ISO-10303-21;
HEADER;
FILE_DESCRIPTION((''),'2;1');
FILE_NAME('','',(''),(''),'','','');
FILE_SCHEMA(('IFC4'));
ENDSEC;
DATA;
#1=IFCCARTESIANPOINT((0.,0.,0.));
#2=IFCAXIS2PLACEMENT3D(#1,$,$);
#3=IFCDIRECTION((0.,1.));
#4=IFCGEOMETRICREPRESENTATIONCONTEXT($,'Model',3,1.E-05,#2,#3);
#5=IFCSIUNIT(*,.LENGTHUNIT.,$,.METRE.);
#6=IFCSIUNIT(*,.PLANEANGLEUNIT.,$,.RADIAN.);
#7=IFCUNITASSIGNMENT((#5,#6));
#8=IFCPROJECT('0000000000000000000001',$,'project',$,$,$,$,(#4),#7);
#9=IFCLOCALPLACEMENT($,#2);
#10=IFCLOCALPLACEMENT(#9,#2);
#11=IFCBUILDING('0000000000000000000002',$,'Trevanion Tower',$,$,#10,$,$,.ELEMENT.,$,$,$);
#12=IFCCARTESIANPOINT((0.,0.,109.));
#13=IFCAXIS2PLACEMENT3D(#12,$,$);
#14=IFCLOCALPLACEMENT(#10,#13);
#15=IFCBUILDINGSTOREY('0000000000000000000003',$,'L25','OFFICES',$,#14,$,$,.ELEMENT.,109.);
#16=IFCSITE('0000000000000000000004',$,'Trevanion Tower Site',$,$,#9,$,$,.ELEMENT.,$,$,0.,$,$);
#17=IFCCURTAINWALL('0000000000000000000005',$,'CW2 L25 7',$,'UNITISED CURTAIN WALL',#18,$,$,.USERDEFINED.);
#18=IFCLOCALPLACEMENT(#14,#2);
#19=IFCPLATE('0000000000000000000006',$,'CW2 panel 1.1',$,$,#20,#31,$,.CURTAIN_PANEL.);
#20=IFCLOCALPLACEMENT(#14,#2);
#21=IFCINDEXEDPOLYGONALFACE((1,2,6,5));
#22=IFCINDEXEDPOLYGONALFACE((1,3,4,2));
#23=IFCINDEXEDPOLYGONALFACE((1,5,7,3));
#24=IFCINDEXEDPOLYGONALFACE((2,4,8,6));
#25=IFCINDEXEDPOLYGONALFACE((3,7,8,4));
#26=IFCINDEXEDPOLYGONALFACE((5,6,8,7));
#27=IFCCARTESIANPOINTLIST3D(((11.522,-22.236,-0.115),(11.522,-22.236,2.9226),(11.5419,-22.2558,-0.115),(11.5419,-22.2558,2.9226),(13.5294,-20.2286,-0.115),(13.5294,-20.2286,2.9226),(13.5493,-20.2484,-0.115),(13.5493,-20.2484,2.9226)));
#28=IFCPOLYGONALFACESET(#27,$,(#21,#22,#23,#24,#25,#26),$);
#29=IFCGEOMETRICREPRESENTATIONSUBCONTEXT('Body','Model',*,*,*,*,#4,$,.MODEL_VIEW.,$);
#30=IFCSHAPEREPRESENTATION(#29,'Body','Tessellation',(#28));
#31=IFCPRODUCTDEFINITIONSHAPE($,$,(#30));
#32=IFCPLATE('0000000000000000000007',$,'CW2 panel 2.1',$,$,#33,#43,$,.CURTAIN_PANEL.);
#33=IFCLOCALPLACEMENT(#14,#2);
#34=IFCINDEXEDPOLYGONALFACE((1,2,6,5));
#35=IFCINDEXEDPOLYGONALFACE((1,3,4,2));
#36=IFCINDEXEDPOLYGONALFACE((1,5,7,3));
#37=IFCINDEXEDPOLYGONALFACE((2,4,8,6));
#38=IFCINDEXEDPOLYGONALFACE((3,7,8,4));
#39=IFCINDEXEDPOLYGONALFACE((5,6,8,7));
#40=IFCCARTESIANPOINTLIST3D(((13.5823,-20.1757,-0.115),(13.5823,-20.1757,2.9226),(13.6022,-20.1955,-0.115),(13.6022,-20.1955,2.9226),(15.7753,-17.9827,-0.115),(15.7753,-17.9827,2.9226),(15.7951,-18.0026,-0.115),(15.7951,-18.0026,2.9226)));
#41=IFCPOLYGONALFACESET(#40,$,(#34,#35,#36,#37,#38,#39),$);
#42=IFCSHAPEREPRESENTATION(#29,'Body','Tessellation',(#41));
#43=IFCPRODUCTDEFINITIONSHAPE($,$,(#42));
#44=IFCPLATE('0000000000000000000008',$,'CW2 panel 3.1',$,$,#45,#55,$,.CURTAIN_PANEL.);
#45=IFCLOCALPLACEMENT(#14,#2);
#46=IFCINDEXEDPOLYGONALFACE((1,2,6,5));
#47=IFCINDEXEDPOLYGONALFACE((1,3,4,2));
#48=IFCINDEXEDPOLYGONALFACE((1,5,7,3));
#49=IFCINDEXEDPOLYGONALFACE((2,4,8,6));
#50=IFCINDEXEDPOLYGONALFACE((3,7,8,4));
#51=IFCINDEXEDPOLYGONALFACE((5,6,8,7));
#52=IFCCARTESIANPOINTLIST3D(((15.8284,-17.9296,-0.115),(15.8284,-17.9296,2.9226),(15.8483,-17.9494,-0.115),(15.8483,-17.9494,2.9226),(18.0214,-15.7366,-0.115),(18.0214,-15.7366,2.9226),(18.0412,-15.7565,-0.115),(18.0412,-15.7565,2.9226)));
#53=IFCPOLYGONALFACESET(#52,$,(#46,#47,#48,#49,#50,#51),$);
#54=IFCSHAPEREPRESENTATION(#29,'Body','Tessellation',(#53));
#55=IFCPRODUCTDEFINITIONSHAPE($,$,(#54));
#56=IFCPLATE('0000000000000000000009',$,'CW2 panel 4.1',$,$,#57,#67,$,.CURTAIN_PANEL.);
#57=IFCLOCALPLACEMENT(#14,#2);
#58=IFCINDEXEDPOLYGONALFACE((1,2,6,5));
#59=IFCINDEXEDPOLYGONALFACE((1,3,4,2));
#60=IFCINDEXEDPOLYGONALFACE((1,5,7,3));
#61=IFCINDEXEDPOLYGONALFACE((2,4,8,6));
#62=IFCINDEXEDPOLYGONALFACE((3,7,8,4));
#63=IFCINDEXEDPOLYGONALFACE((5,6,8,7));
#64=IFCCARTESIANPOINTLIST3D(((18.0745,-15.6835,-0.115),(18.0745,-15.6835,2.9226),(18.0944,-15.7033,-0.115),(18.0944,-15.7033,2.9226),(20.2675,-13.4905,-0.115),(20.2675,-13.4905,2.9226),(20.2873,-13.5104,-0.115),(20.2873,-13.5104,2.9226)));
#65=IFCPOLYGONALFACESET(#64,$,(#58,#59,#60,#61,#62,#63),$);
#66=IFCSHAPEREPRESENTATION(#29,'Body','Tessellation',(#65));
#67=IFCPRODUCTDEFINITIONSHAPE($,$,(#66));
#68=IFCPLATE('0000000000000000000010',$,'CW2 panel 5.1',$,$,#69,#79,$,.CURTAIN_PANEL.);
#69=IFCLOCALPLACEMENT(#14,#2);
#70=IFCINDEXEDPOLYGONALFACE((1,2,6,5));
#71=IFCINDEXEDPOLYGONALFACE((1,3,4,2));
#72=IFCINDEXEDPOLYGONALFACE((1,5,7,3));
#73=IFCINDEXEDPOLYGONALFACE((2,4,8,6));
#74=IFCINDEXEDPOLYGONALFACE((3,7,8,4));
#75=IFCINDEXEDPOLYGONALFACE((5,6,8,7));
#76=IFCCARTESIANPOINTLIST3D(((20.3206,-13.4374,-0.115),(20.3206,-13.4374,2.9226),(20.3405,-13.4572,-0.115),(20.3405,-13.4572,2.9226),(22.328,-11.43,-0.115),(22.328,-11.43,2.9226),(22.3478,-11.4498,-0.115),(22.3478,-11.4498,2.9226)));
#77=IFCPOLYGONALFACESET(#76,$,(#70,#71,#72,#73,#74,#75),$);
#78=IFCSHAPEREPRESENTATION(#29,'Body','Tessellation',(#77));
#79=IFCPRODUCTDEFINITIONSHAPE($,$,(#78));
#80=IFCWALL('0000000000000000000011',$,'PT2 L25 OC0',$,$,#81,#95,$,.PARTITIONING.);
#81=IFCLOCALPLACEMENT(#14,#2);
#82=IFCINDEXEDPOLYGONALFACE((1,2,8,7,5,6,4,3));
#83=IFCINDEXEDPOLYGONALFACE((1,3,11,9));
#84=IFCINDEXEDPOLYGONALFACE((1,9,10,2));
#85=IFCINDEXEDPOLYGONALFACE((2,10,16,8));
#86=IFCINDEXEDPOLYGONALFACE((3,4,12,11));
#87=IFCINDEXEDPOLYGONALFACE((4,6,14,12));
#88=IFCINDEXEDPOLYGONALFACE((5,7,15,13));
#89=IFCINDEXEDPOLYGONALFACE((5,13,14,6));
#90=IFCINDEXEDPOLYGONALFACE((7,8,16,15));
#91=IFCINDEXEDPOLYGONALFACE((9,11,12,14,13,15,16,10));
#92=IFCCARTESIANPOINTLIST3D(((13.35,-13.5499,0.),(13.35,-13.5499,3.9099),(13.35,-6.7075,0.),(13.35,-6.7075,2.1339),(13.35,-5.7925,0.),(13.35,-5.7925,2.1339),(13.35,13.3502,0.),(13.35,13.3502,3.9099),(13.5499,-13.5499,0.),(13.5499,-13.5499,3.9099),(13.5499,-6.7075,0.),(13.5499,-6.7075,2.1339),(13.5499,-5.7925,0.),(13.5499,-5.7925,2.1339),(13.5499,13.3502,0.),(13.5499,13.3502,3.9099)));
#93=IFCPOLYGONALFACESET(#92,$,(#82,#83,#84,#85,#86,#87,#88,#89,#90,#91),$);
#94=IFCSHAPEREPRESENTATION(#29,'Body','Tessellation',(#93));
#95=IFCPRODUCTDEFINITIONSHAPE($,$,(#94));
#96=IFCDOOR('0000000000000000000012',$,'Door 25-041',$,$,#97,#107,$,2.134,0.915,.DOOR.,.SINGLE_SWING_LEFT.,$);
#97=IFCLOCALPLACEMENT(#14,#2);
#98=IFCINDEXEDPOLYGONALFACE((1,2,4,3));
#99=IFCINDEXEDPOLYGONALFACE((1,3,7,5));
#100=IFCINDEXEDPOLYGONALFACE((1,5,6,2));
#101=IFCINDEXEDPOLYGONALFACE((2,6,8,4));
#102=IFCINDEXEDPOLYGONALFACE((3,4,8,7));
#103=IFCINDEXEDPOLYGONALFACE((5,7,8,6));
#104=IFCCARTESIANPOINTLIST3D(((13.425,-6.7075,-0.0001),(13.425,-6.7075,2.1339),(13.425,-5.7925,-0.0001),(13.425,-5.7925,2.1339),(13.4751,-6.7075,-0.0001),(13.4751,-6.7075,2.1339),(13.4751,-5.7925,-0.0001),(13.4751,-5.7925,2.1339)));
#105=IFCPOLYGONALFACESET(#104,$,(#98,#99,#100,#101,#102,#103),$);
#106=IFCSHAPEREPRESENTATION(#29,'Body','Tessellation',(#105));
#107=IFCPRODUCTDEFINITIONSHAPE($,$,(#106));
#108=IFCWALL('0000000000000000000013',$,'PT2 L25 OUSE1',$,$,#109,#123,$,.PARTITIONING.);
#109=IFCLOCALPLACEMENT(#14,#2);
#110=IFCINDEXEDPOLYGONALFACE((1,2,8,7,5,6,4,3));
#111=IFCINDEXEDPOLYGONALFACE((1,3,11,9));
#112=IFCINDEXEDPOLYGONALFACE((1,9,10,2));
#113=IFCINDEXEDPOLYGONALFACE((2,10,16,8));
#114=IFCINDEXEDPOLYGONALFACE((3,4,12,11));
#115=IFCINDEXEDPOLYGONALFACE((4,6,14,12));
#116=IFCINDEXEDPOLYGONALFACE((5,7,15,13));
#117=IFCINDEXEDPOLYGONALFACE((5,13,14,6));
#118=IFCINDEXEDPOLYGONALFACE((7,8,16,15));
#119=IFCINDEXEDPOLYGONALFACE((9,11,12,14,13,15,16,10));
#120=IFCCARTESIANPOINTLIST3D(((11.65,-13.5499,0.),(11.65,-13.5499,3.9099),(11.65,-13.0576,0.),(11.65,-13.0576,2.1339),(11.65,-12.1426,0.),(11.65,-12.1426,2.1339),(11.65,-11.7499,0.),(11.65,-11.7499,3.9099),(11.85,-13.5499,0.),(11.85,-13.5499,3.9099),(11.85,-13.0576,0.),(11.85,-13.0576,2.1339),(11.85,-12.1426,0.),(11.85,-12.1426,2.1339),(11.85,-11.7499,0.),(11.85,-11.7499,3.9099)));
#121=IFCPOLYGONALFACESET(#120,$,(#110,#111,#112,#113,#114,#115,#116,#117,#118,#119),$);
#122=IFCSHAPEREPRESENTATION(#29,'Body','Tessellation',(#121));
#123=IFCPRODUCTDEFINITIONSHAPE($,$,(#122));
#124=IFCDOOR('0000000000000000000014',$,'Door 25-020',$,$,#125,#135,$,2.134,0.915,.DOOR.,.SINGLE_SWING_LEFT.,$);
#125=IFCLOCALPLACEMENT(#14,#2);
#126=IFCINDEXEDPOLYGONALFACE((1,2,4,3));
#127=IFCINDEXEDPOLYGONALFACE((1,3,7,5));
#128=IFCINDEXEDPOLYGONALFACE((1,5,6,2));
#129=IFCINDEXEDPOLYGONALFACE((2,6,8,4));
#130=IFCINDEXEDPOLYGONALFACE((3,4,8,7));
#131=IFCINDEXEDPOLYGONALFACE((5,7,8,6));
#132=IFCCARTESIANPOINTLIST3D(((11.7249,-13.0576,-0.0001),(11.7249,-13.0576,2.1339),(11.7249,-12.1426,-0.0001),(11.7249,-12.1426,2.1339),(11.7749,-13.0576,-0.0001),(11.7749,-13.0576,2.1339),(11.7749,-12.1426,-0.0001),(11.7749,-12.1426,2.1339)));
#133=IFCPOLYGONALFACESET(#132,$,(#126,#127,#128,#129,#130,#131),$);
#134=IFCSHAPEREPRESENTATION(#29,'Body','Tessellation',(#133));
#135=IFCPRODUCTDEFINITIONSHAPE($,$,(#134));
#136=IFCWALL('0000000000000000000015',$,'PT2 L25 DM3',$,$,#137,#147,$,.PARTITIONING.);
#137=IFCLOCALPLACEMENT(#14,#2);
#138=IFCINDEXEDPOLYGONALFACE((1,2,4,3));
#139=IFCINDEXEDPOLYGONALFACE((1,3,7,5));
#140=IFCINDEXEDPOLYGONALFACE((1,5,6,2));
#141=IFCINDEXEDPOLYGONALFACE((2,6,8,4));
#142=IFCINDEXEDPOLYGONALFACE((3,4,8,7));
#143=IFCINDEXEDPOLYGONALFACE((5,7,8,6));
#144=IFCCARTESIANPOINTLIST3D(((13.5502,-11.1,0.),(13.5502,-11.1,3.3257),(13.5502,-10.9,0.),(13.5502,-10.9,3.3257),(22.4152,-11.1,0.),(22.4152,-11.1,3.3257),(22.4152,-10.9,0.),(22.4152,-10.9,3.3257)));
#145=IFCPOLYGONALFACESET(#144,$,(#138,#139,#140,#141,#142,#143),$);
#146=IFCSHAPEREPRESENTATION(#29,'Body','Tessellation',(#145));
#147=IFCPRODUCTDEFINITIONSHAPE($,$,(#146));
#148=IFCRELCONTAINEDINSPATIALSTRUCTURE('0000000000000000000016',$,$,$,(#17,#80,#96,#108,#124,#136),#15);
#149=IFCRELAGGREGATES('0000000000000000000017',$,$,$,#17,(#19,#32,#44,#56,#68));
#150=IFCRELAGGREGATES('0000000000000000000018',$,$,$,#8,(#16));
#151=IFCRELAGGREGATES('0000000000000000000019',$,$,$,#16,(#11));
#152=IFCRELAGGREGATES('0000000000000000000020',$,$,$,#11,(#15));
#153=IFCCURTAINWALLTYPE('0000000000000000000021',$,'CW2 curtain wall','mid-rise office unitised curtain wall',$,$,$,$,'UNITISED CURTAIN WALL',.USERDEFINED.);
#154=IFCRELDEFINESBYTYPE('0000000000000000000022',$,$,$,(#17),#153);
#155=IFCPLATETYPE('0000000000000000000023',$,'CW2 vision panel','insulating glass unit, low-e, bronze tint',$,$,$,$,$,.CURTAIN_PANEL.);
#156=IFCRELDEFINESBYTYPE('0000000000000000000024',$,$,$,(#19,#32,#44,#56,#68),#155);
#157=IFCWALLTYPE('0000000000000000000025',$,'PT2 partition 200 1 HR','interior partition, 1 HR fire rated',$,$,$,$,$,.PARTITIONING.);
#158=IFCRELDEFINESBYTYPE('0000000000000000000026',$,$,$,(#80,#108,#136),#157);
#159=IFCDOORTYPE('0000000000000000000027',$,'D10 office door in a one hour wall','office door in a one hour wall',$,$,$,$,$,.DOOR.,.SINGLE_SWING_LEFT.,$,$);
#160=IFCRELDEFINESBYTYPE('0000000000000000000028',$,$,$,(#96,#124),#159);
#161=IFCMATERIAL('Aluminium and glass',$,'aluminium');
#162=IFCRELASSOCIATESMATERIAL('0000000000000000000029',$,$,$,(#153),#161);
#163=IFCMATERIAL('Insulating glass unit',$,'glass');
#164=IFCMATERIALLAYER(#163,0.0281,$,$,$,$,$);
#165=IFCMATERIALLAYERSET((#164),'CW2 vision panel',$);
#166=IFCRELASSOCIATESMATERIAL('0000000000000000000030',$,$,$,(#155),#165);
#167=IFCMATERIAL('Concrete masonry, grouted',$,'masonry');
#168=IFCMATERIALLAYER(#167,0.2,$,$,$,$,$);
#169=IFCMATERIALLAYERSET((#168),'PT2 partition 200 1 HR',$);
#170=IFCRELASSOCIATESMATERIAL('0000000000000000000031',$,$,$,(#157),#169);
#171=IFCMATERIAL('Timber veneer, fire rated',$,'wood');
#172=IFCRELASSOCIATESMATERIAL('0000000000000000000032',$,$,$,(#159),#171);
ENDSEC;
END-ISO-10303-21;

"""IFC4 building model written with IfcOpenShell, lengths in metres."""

from ifc_helpers import new_model, si_unit, direction, frame, frame_2d, origin, origin_2d, place, context, subcontext, project, spatial, rectangle, extrude, material, layer, layer_set, type_object, element, fill, aggregate, save


model = new_model("IFC4")

# Units and contexts
model_context = context("Model", 3, precision=1e-05, world=origin(), true_north=direction((0.0, 1.0)))
body_context = subcontext(model_context, "Body", "Model", "MODEL_VIEW")
ifc_project = project(units=[si_unit("LENGTHUNIT", "METRE"), si_unit("PLANEANGLEUNIT", "RADIAN")], contexts=[model_context])

# Site, building, storey
site_placement = place(None, origin())
site = spatial("IfcSite", under=ifc_project, at=site_placement, Name="Trevanion Tower Site", CompositionType="ELEMENT", RefElevation=0.0)
building_placement = place(site_placement, origin())
building = spatial("IfcBuilding", under=site, at=building_placement, Name="Trevanion Tower", CompositionType="ELEMENT")
storey_placement = place(building_placement, frame((0.0, 0.0, 109.0)))
storey = spatial("IfcBuildingStorey", under=building, at=storey_placement, Name="L25", Description="OFFICES", CompositionType="ELEMENT", Elevation=109.0)

# Curtain wall
ifc_material_1 = material(Name="Aluminium and glass", Category="aluminium")
curtain_wall_type = type_object("IfcCurtainWallType", Name="CW2 curtain wall", Description="mid-rise office unitised curtain wall", ElementType="UNITISED CURTAIN WALL", PredefinedType="USERDEFINED", material=ifc_material_1)
curtain_wall_placement = place(storey_placement, origin())
curtain_wall = element("IfcCurtainWall", 1, at=curtain_wall_placement, inside=storey, type_object=curtain_wall_type, Name="CW2 L25 7", ObjectType="UNITISED CURTAIN WALL", PredefinedType="USERDEFINED")

# Plates
ifc_material_2 = material(Name="Insulating glass unit", Category="glass")
ifc_layer_1 = layer(ifc_material_2, 0.0281)
ifc_layer_set_1 = layer_set([ifc_layer_1], Name="CW2 vision panel")
plate_type_1 = type_object("IfcPlateType", Name="CW2 vision panel", Description="insulating glass unit, low-e, bronze tint", PredefinedType="CURTAIN_PANEL", material=ifc_layer_set_1)
plate_1_placement = place(storey_placement, frame((12.5356, -21.2422, -0.115), z_axis=(0.0, 0.0, 1.0), x_axis=(0.707107, 0.707107, 0.0)))
plate_1 = element("IfcPlate", 2, at=plate_1_placement, type_object=plate_type_1, Name="CW2 panel 1.1", PredefinedType="CURTAIN_PANEL", context=body_context, shape_type="SweptSolid", body=[
    extrude(rectangle(XDim=2.8389, YDim=0.0281, at=origin_2d()), origin(), (0.0, 0.0, 1.0), 3.0376),
])
plate_2_placement = place(storey_placement, frame((14.6887, -19.0891, -0.115), z_axis=(0.0, 0.0, 1.0), x_axis=(0.707107, 0.707107, 0.0)))
plate_2 = element("IfcPlate", 3, at=plate_2_placement, type_object=plate_type_1, Name="CW2 panel 2.1", PredefinedType="CURTAIN_PANEL", context=body_context, shape_type="SweptSolid", body=[
    extrude(rectangle(XDim=3.1013, YDim=0.0281, at=origin_2d()), origin(), (0.0, 0.0, 1.0), 3.0376),
])
plate_3_placement = place(storey_placement, frame((16.9348, -16.843, -0.115), z_axis=(0.0, 0.0, 1.0), x_axis=(0.707107, 0.707107, 0.0)))
plate_3 = element("IfcPlate", 4, at=plate_3_placement, type_object=plate_type_1, Name="CW2 panel 3.1", PredefinedType="CURTAIN_PANEL", context=body_context, shape_type="SweptSolid", body=[
    extrude(rectangle(XDim=3.1013, YDim=0.0281, at=origin_2d()), origin(), (0.0, 0.0, 1.0), 3.0376),
])
plate_4_placement = place(storey_placement, frame((19.1809, -14.5969, -0.115), z_axis=(0.0, 0.0, 1.0), x_axis=(0.707107, 0.707107, 0.0)))
plate_4 = element("IfcPlate", 5, at=plate_4_placement, type_object=plate_type_1, Name="CW2 panel 4.1", PredefinedType="CURTAIN_PANEL", context=body_context, shape_type="SweptSolid", body=[
    extrude(rectangle(XDim=3.1013, YDim=0.0281, at=origin_2d()), origin(), (0.0, 0.0, 1.0), 3.0376),
])
plate_5_placement = place(storey_placement, frame((21.3342, -12.4436, -0.115), z_axis=(0.0, 0.0, 1.0), x_axis=(0.707107, 0.707107, 0.0)))
plate_5 = element("IfcPlate", 6, at=plate_5_placement, type_object=plate_type_1, Name="CW2 panel 5.1", PredefinedType="CURTAIN_PANEL", context=body_context, shape_type="SweptSolid", body=[
    extrude(rectangle(XDim=2.8389, YDim=0.0281, at=origin_2d()), origin(), (0.0, 0.0, 1.0), 3.0376),
])
aggregate(curtain_wall, [plate_1, plate_2, plate_3, plate_4, plate_5])

# Walls, openings, doors
ifc_material_3 = material(Name="Concrete masonry, grouted", Category="masonry")
ifc_layer_2 = layer(ifc_material_3, 0.2)
ifc_layer_set_2 = layer_set([ifc_layer_2], Name="PT2 partition 200 1 HR")
wall_type = type_object("IfcWallType", Name="PT2 partition 200 1 HR", Description="interior partition, 1 HR fire rated", PredefinedType="PARTITIONING", material=ifc_layer_set_2)
wall_1_placement = place(storey_placement, frame((13.45, -13.55, 0.0), z_axis=(0.0, 0.0, 1.0), x_axis=(0.0, 1.0, 0.0)))
wall_1 = element("IfcWall", 7, at=wall_1_placement, inside=storey, type_object=wall_type, Name="PT2 L25 OC0", PredefinedType="PARTITIONING", context=body_context, shape_type="SweptSolid", body=[
    extrude(rectangle(XDim=26.9001, YDim=0.2, at=frame_2d((13.4502, 0.0))), origin(), (0.0, 0.0, 1.0), 3.9099),
])
opening_1_placement = place(wall_1_placement, frame((6.8425, 0.0, 0.0)))
opening_1 = element("IfcOpeningElement", 8, at=opening_1_placement, cuts=wall_1, PredefinedType="OPENING", context=body_context, shape_type="SweptSolid", body=[
    extrude(rectangle(XDim=0.915, YDim=2.134, at=frame_2d((0.4575, 1.0669))), frame((0.0, 0.1099, 0.0), z_axis=(0.0, -1.0, 0.0), x_axis=(1.0, 0.0, 0.0)), (0.0, 0.0, 1.0), 0.22),
])
ifc_material_4 = material(Name="Timber veneer, fire rated", Category="wood")
door_type = type_object("IfcDoorType", Name="D10 office door in a one hour wall", Description="office door in a one hour wall", OperationType="SINGLE_SWING_LEFT", PredefinedType="DOOR", material=ifc_material_4)
door_1_placement = place(opening_1_placement, origin())
door_1 = element("IfcDoor", 9, at=door_1_placement, inside=storey, type_object=door_type, Name="Door 25-041", OperationType="SINGLE_SWING_LEFT", OverallHeight=2.134, OverallWidth=0.915, PredefinedType="DOOR", context=body_context, shape_type="SweptSolid", body=[
    extrude(rectangle(XDim=0.915, YDim=2.134, at=frame_2d((0.4575, 1.0669))), frame((0.0, 0.0249, 0.0), z_axis=(0.0, -1.0, 0.0), x_axis=(1.0, 0.0, 0.0)), (0.0, 0.0, 1.0), 0.05),
])
fill(opening_1, door_1)
wall_2_placement = place(storey_placement, frame((11.75, -11.75, 0.0), z_axis=(0.0, 0.0, 1.0), x_axis=(0.0, -1.0, 0.0)))
wall_2 = element("IfcWall", 10, at=wall_2_placement, inside=storey, type_object=wall_type, Name="PT2 L25 OUSE1", PredefinedType="PARTITIONING", context=body_context, shape_type="SweptSolid", body=[
    extrude(rectangle(XDim=1.8, YDim=0.2, at=frame_2d((0.8999, 0.0))), origin(), (0.0, 0.0, 1.0), 3.9099),
])
opening_2_placement = place(wall_2_placement, frame((0.3926, 0.0, 0.0)))
opening_2 = element("IfcOpeningElement", 11, at=opening_2_placement, cuts=wall_2, PredefinedType="OPENING", context=body_context, shape_type="SweptSolid", body=[
    extrude(rectangle(XDim=0.915, YDim=2.134, at=frame_2d((0.4575, 1.0669))), frame((0.0, 0.1099, 0.0), z_axis=(0.0, -1.0, 0.0), x_axis=(1.0, 0.0, 0.0)), (0.0, 0.0, 1.0), 0.22),
])
door_2_placement = place(opening_2_placement, origin())
door_2 = element("IfcDoor", 12, at=door_2_placement, inside=storey, type_object=door_type, Name="Door 25-020", OperationType="SINGLE_SWING_LEFT", OverallHeight=2.134, OverallWidth=0.915, PredefinedType="DOOR", context=body_context, shape_type="SweptSolid", body=[
    extrude(rectangle(XDim=0.915, YDim=2.134, at=frame_2d((0.4575, 1.0669))), frame((0.0, 0.0249, 0.0), z_axis=(0.0, -1.0, 0.0), x_axis=(1.0, 0.0, 0.0)), (0.0, 0.0, 1.0), 0.05),
])
fill(opening_2, door_2)

# Wall
wall_3_placement = place(storey_placement, frame((13.55, -11.0, 0.0), z_axis=(0.0, 0.0, 1.0), x_axis=(1.0, 0.0, 0.0)))
element("IfcWall", 13, at=wall_3_placement, inside=storey, type_object=wall_type, Name="PT2 L25 DM3", PredefinedType="PARTITIONING", context=body_context, shape_type="SweptSolid", body=[
    extrude(rectangle(XDim=8.865, YDim=0.2, at=frame_2d((4.4326, 0.0))), origin(), (0.0, 0.0, 1.0), 3.3257),
])

save(model, "model.ifc")
